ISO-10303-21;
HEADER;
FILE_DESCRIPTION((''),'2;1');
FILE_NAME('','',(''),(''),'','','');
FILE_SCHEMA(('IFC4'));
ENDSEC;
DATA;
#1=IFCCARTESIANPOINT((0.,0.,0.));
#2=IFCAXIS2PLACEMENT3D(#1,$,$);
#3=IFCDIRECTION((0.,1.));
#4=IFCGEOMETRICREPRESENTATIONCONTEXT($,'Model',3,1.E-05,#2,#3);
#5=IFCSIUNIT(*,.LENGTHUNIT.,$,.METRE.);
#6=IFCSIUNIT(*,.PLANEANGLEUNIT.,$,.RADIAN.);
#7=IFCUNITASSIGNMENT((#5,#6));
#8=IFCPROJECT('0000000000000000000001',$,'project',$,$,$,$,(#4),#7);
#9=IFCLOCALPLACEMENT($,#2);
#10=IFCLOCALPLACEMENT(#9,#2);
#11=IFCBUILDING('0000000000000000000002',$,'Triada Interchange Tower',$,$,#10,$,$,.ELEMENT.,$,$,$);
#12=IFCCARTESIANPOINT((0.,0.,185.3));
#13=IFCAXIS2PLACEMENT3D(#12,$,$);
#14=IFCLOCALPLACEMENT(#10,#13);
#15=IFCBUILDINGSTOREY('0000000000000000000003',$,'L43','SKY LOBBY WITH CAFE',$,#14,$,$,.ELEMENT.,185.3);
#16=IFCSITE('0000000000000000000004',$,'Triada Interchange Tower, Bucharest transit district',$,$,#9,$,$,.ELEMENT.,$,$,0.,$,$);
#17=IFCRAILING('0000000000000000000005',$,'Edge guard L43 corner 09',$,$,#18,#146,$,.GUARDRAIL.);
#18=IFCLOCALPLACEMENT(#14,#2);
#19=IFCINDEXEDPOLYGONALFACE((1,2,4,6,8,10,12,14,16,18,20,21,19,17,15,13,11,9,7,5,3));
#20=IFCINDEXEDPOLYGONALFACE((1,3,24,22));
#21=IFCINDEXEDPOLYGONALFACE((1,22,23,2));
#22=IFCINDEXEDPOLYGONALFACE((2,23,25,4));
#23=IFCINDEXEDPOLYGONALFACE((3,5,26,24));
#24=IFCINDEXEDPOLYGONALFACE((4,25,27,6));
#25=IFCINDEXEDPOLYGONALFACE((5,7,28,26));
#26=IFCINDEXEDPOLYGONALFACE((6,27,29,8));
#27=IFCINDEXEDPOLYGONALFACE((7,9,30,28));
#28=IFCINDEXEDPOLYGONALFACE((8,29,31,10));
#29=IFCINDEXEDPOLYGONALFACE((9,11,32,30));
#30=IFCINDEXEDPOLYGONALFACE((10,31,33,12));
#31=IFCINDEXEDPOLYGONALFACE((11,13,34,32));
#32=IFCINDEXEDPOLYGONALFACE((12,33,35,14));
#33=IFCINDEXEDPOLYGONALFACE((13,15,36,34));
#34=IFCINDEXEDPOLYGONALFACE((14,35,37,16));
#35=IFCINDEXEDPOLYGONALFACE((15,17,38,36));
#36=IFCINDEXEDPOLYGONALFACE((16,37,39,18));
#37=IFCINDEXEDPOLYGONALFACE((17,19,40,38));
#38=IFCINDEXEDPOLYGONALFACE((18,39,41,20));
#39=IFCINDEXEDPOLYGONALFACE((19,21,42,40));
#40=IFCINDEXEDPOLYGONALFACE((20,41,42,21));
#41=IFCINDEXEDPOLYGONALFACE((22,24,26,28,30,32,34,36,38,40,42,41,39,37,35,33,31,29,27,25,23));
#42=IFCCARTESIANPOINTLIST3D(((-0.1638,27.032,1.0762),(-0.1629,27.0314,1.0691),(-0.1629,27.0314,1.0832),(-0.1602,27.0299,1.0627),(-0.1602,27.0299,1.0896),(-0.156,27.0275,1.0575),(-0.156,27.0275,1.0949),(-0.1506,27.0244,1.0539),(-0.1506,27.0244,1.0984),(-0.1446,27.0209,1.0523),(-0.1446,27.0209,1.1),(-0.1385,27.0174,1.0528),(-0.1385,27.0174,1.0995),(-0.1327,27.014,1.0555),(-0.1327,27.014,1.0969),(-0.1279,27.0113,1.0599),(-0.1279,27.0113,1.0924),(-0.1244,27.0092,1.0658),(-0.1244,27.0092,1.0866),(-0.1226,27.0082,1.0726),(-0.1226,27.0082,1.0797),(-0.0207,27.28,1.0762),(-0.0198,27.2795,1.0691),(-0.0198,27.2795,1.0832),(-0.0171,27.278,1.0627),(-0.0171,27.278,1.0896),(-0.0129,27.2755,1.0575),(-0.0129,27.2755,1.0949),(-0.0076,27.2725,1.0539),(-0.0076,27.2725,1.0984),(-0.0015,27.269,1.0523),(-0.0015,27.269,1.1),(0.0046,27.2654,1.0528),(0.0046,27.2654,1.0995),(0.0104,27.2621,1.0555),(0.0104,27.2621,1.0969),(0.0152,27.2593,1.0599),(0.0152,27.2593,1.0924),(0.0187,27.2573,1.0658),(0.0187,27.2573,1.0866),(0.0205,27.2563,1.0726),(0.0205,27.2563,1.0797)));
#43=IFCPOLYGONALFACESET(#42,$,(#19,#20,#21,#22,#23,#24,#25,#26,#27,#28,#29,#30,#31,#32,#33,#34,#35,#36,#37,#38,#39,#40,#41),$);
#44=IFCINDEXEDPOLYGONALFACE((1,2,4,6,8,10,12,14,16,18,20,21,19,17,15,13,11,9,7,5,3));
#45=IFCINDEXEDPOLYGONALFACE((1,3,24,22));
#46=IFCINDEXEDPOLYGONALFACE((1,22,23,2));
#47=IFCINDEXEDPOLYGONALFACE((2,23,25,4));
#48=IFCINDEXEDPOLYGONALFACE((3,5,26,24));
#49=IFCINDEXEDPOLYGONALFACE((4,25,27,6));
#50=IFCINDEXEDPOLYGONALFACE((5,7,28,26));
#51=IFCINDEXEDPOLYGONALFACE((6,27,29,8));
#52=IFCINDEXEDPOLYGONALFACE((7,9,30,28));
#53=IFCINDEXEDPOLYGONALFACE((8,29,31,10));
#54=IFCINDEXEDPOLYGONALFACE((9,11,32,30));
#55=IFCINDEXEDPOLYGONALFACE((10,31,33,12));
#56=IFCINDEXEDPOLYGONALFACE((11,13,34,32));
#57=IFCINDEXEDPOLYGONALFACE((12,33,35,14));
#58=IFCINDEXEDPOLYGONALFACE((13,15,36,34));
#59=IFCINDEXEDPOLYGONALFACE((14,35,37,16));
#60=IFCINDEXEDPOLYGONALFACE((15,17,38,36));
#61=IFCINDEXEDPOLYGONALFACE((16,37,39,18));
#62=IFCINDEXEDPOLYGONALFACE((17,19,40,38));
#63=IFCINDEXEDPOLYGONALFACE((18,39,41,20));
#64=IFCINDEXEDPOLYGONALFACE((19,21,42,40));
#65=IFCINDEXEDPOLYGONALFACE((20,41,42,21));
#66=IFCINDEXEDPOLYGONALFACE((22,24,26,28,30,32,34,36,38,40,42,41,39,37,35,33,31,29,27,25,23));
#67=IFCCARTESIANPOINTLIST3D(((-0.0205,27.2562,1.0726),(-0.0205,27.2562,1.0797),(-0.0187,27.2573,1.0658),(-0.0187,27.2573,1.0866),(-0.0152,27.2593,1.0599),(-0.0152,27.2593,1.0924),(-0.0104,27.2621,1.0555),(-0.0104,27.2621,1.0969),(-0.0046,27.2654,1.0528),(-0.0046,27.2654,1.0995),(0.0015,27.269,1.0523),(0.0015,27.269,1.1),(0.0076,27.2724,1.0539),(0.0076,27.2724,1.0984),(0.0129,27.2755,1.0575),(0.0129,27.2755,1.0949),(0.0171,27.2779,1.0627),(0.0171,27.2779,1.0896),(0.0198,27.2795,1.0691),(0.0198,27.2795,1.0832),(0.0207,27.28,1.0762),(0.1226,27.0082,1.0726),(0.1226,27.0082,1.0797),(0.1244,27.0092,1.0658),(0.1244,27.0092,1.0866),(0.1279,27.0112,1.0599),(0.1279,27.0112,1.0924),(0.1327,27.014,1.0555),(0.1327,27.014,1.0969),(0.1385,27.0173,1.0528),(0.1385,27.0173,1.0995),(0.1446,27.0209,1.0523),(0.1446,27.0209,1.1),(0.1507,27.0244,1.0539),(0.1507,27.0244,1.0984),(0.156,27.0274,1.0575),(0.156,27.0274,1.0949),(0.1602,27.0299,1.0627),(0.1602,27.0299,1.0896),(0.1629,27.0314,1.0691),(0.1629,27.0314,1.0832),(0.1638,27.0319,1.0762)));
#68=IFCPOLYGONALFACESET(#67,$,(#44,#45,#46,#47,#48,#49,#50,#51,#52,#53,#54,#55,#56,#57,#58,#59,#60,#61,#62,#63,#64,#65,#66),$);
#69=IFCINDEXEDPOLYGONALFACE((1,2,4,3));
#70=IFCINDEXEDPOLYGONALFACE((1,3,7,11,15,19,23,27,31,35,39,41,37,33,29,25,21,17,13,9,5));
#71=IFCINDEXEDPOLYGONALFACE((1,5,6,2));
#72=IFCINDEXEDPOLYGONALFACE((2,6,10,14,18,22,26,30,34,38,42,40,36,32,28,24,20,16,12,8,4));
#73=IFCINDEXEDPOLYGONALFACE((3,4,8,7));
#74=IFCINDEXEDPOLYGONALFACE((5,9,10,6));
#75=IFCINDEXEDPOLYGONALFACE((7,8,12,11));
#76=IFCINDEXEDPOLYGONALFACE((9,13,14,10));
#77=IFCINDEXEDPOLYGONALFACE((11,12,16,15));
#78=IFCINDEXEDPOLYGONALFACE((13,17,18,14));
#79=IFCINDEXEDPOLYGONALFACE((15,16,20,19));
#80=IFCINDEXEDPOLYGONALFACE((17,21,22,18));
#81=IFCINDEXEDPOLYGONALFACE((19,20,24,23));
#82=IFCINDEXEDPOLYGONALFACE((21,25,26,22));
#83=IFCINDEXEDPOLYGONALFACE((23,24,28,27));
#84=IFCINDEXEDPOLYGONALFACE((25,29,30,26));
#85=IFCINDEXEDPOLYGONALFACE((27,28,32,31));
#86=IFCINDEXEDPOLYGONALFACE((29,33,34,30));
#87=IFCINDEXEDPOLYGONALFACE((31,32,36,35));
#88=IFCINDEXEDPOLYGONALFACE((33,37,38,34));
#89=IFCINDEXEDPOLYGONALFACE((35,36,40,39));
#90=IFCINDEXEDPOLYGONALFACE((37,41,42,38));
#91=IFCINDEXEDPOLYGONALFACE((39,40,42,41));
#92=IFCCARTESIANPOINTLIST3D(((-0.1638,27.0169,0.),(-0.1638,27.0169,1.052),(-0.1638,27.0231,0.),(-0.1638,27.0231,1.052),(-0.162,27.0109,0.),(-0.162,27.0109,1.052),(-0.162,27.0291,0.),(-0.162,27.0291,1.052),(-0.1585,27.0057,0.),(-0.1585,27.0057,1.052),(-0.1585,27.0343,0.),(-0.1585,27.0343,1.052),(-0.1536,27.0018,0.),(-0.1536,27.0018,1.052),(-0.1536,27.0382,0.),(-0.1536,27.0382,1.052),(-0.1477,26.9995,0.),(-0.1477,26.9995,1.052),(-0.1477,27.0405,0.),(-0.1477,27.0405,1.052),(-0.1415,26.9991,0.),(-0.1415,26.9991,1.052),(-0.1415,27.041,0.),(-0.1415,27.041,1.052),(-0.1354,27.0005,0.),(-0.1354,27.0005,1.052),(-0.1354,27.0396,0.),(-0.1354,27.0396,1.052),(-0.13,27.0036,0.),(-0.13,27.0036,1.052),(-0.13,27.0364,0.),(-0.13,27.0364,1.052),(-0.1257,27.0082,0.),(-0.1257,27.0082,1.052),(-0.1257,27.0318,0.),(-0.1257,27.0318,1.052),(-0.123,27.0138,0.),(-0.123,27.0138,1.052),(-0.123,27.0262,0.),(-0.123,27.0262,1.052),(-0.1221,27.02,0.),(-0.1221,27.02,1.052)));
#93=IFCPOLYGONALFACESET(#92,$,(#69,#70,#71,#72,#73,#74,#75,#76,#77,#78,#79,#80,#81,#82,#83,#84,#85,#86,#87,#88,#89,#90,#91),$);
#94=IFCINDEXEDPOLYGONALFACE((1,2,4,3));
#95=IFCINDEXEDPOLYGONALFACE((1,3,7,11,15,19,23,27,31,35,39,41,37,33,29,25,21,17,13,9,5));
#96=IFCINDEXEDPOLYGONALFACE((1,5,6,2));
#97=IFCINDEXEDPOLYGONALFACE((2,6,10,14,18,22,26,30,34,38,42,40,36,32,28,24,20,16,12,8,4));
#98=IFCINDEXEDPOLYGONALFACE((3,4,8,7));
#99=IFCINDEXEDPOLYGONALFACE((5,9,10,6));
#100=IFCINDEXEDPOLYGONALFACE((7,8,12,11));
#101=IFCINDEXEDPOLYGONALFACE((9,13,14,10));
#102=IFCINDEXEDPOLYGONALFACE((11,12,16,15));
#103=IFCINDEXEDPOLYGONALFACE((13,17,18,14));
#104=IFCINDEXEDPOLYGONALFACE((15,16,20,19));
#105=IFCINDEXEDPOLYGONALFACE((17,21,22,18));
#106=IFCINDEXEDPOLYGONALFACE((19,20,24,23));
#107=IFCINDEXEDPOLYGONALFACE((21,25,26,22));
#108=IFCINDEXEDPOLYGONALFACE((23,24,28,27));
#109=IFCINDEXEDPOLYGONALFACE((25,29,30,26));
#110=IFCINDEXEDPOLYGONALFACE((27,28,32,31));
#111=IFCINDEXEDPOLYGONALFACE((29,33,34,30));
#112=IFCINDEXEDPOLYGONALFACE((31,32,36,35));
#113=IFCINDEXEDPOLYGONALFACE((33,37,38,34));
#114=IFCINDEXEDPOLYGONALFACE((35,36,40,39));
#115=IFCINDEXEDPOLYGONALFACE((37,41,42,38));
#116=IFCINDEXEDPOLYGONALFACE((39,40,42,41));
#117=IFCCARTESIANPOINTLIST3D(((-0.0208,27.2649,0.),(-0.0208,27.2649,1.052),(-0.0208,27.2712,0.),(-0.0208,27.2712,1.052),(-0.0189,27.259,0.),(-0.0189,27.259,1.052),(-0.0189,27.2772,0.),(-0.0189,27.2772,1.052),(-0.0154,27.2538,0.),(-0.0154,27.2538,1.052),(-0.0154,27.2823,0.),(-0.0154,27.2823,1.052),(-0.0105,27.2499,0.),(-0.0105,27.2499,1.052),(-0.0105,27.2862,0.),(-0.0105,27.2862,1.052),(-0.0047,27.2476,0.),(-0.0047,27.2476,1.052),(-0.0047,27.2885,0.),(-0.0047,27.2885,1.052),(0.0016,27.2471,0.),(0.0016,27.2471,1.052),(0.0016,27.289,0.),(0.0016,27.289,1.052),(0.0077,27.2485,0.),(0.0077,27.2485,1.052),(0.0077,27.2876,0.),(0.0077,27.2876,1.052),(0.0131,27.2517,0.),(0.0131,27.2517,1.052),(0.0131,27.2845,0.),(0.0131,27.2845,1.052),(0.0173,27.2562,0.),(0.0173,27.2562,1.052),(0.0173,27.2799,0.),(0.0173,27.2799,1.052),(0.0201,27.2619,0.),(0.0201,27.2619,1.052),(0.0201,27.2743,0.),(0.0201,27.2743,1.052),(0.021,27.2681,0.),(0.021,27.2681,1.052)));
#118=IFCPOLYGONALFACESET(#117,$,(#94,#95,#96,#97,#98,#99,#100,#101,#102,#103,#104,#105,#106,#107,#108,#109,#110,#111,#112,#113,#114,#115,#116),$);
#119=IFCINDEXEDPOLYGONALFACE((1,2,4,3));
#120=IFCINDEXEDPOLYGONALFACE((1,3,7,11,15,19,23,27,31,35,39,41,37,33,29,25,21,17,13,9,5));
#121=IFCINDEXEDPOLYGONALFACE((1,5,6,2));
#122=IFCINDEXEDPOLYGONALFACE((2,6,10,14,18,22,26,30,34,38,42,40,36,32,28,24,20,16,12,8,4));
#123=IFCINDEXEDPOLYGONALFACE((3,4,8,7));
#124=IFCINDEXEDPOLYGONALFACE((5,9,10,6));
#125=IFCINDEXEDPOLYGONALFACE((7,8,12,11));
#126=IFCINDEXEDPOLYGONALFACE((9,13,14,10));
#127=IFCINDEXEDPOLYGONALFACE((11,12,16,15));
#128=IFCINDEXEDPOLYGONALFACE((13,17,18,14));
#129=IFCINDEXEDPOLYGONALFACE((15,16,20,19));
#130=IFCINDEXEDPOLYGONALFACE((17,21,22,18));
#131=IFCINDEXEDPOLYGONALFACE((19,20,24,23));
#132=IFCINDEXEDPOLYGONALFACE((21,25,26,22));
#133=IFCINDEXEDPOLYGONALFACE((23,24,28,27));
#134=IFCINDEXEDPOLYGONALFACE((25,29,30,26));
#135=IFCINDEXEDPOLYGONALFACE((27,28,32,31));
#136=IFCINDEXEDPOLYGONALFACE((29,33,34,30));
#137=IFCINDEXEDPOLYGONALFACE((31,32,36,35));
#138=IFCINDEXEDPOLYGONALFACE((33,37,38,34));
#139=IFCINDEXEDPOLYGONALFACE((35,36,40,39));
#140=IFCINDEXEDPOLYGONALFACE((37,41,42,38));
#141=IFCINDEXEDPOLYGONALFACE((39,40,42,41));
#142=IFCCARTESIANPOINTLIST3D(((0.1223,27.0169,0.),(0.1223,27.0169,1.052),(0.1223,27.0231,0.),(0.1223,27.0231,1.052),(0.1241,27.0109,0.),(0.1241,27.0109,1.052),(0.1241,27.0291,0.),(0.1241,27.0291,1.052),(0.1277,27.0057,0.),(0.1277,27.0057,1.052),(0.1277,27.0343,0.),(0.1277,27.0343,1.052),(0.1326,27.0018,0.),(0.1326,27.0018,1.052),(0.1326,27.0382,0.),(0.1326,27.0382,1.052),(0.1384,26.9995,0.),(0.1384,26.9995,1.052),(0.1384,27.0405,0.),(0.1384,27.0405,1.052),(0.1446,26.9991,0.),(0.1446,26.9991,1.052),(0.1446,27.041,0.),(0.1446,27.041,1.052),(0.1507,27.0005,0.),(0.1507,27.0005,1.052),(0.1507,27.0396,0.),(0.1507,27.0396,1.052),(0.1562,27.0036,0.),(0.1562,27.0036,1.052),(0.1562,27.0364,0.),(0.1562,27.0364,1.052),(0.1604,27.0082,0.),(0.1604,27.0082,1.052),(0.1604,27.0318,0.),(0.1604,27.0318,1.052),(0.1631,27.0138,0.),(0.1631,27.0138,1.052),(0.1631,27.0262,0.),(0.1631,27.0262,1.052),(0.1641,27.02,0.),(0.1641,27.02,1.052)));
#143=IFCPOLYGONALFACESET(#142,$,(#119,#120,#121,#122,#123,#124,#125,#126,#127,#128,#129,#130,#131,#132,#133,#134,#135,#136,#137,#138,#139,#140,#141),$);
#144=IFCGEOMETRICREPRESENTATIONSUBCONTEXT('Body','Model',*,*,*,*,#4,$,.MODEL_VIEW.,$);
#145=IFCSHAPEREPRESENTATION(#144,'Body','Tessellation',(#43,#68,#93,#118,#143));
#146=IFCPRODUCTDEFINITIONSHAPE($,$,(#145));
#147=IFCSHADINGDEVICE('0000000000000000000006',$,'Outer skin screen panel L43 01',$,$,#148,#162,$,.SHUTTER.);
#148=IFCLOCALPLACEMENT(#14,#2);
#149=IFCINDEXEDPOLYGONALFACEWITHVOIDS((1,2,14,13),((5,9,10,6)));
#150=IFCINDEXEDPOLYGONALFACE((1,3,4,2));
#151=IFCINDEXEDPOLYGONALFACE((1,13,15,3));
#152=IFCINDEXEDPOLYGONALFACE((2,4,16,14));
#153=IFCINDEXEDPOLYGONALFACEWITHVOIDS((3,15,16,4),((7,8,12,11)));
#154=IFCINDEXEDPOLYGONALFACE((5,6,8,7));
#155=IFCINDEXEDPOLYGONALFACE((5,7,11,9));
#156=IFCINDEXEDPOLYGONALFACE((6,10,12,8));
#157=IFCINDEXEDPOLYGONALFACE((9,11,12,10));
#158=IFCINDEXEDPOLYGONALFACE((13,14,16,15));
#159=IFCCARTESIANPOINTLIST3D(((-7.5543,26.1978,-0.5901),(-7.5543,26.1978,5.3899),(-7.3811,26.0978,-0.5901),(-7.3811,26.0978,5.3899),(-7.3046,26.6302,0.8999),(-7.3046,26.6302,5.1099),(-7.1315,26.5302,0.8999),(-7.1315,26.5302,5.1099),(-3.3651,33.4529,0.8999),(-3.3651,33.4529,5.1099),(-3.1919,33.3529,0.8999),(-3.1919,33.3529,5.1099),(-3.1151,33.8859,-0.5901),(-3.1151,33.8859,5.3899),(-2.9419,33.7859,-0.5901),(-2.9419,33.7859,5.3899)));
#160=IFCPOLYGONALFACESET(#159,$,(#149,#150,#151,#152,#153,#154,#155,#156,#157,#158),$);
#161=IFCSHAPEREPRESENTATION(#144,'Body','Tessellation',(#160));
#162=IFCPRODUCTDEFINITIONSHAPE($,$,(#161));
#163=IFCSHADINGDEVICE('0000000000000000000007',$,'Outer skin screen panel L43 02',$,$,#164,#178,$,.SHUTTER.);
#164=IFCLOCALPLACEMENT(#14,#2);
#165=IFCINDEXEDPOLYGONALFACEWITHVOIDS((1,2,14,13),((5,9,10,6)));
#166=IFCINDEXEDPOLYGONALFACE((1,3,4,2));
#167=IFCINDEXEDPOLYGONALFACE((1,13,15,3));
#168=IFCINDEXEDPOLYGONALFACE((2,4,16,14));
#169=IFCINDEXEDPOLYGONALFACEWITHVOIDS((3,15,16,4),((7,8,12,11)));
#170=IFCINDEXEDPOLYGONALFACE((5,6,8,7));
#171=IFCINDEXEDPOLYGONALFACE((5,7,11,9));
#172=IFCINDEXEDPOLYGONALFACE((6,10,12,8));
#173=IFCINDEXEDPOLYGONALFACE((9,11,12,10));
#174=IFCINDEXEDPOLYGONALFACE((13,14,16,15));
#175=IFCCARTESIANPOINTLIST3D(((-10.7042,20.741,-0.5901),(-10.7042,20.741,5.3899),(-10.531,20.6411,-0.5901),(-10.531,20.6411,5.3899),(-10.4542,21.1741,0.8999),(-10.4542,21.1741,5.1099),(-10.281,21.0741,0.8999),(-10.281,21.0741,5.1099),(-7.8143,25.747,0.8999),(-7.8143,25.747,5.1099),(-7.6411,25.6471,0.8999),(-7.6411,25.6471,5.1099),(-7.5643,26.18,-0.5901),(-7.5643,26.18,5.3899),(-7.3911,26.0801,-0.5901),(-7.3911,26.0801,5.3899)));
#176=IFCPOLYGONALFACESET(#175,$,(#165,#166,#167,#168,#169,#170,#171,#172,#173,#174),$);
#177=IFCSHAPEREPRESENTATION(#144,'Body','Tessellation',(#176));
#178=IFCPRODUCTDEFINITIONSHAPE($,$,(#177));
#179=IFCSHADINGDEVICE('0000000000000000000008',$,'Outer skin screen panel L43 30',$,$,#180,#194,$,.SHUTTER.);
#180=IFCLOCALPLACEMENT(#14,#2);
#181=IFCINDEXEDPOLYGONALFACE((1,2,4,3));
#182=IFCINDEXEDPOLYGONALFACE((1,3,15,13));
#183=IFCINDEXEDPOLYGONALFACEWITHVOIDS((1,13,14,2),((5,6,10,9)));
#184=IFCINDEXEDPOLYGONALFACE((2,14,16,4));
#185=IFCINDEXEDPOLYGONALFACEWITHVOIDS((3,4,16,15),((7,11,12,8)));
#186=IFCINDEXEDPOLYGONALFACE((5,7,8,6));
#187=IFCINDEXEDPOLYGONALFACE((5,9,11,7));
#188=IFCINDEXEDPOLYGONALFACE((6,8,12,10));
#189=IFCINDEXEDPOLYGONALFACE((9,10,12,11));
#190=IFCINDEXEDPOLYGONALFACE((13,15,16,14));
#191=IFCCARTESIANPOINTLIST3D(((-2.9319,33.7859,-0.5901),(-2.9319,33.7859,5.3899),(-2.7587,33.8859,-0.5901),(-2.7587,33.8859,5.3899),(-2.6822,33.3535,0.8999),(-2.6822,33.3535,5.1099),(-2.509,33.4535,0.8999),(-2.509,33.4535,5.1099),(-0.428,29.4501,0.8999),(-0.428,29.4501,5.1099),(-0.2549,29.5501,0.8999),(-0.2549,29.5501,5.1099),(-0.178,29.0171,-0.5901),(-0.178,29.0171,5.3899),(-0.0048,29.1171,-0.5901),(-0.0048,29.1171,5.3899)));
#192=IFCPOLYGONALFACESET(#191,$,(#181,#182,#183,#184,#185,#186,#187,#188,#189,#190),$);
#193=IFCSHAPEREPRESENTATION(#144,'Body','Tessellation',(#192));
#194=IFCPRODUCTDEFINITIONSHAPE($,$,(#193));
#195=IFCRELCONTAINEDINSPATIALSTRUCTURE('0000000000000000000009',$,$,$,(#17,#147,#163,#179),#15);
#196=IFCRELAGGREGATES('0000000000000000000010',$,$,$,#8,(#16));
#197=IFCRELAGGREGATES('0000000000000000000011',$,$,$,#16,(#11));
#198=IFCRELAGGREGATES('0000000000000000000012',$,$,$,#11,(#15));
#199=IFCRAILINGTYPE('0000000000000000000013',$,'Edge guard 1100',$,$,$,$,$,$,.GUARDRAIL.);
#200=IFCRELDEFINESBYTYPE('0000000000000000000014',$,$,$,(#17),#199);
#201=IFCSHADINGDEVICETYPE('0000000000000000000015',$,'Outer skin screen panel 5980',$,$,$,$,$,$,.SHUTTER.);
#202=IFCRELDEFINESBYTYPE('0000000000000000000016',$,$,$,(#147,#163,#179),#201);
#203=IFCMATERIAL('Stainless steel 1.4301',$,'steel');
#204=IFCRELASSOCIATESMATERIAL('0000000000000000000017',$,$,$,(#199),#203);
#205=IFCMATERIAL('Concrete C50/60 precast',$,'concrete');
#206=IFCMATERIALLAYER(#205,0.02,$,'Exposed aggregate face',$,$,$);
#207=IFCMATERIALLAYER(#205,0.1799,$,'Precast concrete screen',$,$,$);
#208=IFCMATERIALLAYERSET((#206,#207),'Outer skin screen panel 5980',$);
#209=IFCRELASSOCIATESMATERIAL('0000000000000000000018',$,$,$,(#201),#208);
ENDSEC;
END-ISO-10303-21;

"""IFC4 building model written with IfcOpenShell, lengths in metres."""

from ifc_helpers import new_model, si_unit, direction, frame, origin, origin_2d, place, context, subcontext, project, spatial, polyline, circle, outline, extrude, material, layer, layer_set, type_object, element, save


model = new_model("IFC4")

# Units and contexts
model_context = context("Model", 3, precision=1e-05, world=origin(), true_north=direction((0.0, 1.0)))
body_context = subcontext(model_context, "Body", "Model", "MODEL_VIEW")
ifc_project = project(units=[si_unit("LENGTHUNIT", "METRE"), si_unit("PLANEANGLEUNIT", "RADIAN")], contexts=[model_context])

# Site, building, storey
site_placement = place(None, origin())
site = spatial("IfcSite", under=ifc_project, at=site_placement, Name="Triada Interchange Tower, Bucharest transit district", CompositionType="ELEMENT", RefElevation=0.0)
building_placement = place(site_placement, origin())
building = spatial("IfcBuilding", under=site, at=building_placement, Name="Triada Interchange Tower", CompositionType="ELEMENT")
storey_placement = place(building_placement, frame((0.0, 0.0, 185.3)))
storey = spatial("IfcBuildingStorey", under=building, at=storey_placement, Name="L43", Description="SKY LOBBY WITH CAFE", CompositionType="ELEMENT", Elevation=185.3)

# Railing
ifc_material_1 = material(Name="Stainless steel 1.4301", Category="steel")
railing_type = type_object("IfcRailingType", Name="Edge guard 1100", PredefinedType="GUARDRAIL", material=ifc_material_1)
railing_1_placement = place(storey_placement, frame((-0.1431, 27.02, 0.0)))
element("IfcRailing", 1, at=railing_1_placement, inside=storey, type_object=railing_type, Name="Edge guard L43 corner 09", PredefinedType="GUARDRAIL", context=body_context, shape_type="SweptSolid", body=[
    extrude(circle(Radius=0.0239, at=origin_2d()), frame((0.0, 0.0, 1.0762), z_axis=(0.499624, 0.866242, 0.0), x_axis=(-0.866242, 0.499624, 0.0)), (0.0, 0.0, 1.0), 0.2864),
    extrude(circle(Radius=0.0239, at=origin_2d()), frame((0.1431, 0.248, 1.0762), z_axis=(0.499624, -0.866242, 0.0), x_axis=(0.866242, 0.499624, 0.0)), (0.0, 0.0, 1.0), 0.2864),
    extrude(circle(Radius=0.021, at=origin_2d()), origin(), (0.0, 0.0, 1.0), 1.052),
    extrude(circle(Radius=0.021, at=origin_2d()), frame((0.1431, 0.248, 0.0)), (0.0, 0.0, 1.0), 1.052),
    extrude(circle(Radius=0.021, at=origin_2d()), frame((0.2861, 0.0, 0.0)), (0.0, 0.0, 1.0), 1.052),
])

# Shading devices
ifc_material_2 = material(Name="Concrete C50/60 precast", Category="concrete")
ifc_layer_1 = layer(ifc_material_2, 0.02, Name="Exposed aggregate face")
ifc_layer_2 = layer(ifc_material_2, 0.1799, Name="Precast concrete screen")
ifc_layer_set_1 = layer_set([ifc_layer_1, ifc_layer_2], Name="Outer skin screen panel 5980")
shading_device_type = type_object("IfcShadingDeviceType", Name="Outer skin screen panel 5980", PredefinedType="SHUTTER", material=ifc_layer_set_1)
shading_device_1_placement = place(storey_placement, frame((-2.9419, 33.7859, -0.5901), z_axis=(0.0, 0.0, 1.0), x_axis=(-0.500046, -0.865999, 0.0)))
element("IfcShadingDevice", 2, at=shading_device_1_placement, inside=storey, type_object=shading_device_type, Name="Outer skin screen panel L43 01", PredefinedType="SHUTTER", context=body_context, shape_type="SweptSolid", body=[
    extrude(outline(polyline([(0.0, 0.0), (8.8777, 0.0), (8.8777, 5.98), (0.0, 5.98), (0.0, 0.0)]), holes=[polyline([(0.5, 1.49), (0.5, 5.7), (8.3784, 5.7), (8.3784, 1.49), (0.5, 1.49)])]), frame((0.0, 0.0, 0.0), z_axis=(0.0, -1.0, 0.0), x_axis=(1.0, 0.0, 0.0)), (0.0, 0.0, 1.0), 0.2),
])
shading_device_2_placement = place(storey_placement, frame((-7.3911, 26.0801, -0.5901), z_axis=(0.0, 0.0, 1.0), x_axis=(-0.499965, -0.866046, 0.0)))
element("IfcShadingDevice", 3, at=shading_device_2_placement, inside=storey, type_object=shading_device_type, Name="Outer skin screen panel L43 02", PredefinedType="SHUTTER", context=body_context, shape_type="SweptSolid", body=[
    extrude(outline(polyline([(0.0, 0.0), (6.2803, 0.0), (6.2803, 5.98), (0.0, 5.98), (0.0, 0.0)]), holes=[polyline([(0.5, 1.49), (0.5, 5.7), (5.7803, 5.7), (5.7803, 1.49), (0.5, 1.49)])]), frame((0.0, 0.0, 0.0), z_axis=(0.0, -1.0, 0.0), x_axis=(1.0, 0.0, 0.0)), (0.0, 0.0, 1.0), 0.2),
])
shading_device_3_placement = place(storey_placement, frame((-0.178, 29.0171, -0.5901), z_axis=(0.0, 0.0, 1.0), x_axis=(-0.500087, 0.865975, 0.0)))
element("IfcShadingDevice", 4, at=shading_device_3_placement, inside=storey, type_object=shading_device_type, Name="Outer skin screen panel L43 30", PredefinedType="SHUTTER", context=body_context, shape_type="SweptSolid", body=[
    extrude(outline(polyline([(0.0, 0.0), (5.5068, 0.0), (5.5068, 5.98), (0.0, 5.98), (0.0, 0.0)]), holes=[polyline([(0.5, 1.49), (0.5, 5.7), (5.0076, 5.7), (5.0076, 1.49), (0.5, 1.49)])]), frame((0.0, 0.0, 0.0), z_axis=(0.0, -1.0, 0.0), x_axis=(1.0, 0.0, 0.0)), (0.0, 0.0, 1.0), 0.2),
])

save(model, "model.ifc")
